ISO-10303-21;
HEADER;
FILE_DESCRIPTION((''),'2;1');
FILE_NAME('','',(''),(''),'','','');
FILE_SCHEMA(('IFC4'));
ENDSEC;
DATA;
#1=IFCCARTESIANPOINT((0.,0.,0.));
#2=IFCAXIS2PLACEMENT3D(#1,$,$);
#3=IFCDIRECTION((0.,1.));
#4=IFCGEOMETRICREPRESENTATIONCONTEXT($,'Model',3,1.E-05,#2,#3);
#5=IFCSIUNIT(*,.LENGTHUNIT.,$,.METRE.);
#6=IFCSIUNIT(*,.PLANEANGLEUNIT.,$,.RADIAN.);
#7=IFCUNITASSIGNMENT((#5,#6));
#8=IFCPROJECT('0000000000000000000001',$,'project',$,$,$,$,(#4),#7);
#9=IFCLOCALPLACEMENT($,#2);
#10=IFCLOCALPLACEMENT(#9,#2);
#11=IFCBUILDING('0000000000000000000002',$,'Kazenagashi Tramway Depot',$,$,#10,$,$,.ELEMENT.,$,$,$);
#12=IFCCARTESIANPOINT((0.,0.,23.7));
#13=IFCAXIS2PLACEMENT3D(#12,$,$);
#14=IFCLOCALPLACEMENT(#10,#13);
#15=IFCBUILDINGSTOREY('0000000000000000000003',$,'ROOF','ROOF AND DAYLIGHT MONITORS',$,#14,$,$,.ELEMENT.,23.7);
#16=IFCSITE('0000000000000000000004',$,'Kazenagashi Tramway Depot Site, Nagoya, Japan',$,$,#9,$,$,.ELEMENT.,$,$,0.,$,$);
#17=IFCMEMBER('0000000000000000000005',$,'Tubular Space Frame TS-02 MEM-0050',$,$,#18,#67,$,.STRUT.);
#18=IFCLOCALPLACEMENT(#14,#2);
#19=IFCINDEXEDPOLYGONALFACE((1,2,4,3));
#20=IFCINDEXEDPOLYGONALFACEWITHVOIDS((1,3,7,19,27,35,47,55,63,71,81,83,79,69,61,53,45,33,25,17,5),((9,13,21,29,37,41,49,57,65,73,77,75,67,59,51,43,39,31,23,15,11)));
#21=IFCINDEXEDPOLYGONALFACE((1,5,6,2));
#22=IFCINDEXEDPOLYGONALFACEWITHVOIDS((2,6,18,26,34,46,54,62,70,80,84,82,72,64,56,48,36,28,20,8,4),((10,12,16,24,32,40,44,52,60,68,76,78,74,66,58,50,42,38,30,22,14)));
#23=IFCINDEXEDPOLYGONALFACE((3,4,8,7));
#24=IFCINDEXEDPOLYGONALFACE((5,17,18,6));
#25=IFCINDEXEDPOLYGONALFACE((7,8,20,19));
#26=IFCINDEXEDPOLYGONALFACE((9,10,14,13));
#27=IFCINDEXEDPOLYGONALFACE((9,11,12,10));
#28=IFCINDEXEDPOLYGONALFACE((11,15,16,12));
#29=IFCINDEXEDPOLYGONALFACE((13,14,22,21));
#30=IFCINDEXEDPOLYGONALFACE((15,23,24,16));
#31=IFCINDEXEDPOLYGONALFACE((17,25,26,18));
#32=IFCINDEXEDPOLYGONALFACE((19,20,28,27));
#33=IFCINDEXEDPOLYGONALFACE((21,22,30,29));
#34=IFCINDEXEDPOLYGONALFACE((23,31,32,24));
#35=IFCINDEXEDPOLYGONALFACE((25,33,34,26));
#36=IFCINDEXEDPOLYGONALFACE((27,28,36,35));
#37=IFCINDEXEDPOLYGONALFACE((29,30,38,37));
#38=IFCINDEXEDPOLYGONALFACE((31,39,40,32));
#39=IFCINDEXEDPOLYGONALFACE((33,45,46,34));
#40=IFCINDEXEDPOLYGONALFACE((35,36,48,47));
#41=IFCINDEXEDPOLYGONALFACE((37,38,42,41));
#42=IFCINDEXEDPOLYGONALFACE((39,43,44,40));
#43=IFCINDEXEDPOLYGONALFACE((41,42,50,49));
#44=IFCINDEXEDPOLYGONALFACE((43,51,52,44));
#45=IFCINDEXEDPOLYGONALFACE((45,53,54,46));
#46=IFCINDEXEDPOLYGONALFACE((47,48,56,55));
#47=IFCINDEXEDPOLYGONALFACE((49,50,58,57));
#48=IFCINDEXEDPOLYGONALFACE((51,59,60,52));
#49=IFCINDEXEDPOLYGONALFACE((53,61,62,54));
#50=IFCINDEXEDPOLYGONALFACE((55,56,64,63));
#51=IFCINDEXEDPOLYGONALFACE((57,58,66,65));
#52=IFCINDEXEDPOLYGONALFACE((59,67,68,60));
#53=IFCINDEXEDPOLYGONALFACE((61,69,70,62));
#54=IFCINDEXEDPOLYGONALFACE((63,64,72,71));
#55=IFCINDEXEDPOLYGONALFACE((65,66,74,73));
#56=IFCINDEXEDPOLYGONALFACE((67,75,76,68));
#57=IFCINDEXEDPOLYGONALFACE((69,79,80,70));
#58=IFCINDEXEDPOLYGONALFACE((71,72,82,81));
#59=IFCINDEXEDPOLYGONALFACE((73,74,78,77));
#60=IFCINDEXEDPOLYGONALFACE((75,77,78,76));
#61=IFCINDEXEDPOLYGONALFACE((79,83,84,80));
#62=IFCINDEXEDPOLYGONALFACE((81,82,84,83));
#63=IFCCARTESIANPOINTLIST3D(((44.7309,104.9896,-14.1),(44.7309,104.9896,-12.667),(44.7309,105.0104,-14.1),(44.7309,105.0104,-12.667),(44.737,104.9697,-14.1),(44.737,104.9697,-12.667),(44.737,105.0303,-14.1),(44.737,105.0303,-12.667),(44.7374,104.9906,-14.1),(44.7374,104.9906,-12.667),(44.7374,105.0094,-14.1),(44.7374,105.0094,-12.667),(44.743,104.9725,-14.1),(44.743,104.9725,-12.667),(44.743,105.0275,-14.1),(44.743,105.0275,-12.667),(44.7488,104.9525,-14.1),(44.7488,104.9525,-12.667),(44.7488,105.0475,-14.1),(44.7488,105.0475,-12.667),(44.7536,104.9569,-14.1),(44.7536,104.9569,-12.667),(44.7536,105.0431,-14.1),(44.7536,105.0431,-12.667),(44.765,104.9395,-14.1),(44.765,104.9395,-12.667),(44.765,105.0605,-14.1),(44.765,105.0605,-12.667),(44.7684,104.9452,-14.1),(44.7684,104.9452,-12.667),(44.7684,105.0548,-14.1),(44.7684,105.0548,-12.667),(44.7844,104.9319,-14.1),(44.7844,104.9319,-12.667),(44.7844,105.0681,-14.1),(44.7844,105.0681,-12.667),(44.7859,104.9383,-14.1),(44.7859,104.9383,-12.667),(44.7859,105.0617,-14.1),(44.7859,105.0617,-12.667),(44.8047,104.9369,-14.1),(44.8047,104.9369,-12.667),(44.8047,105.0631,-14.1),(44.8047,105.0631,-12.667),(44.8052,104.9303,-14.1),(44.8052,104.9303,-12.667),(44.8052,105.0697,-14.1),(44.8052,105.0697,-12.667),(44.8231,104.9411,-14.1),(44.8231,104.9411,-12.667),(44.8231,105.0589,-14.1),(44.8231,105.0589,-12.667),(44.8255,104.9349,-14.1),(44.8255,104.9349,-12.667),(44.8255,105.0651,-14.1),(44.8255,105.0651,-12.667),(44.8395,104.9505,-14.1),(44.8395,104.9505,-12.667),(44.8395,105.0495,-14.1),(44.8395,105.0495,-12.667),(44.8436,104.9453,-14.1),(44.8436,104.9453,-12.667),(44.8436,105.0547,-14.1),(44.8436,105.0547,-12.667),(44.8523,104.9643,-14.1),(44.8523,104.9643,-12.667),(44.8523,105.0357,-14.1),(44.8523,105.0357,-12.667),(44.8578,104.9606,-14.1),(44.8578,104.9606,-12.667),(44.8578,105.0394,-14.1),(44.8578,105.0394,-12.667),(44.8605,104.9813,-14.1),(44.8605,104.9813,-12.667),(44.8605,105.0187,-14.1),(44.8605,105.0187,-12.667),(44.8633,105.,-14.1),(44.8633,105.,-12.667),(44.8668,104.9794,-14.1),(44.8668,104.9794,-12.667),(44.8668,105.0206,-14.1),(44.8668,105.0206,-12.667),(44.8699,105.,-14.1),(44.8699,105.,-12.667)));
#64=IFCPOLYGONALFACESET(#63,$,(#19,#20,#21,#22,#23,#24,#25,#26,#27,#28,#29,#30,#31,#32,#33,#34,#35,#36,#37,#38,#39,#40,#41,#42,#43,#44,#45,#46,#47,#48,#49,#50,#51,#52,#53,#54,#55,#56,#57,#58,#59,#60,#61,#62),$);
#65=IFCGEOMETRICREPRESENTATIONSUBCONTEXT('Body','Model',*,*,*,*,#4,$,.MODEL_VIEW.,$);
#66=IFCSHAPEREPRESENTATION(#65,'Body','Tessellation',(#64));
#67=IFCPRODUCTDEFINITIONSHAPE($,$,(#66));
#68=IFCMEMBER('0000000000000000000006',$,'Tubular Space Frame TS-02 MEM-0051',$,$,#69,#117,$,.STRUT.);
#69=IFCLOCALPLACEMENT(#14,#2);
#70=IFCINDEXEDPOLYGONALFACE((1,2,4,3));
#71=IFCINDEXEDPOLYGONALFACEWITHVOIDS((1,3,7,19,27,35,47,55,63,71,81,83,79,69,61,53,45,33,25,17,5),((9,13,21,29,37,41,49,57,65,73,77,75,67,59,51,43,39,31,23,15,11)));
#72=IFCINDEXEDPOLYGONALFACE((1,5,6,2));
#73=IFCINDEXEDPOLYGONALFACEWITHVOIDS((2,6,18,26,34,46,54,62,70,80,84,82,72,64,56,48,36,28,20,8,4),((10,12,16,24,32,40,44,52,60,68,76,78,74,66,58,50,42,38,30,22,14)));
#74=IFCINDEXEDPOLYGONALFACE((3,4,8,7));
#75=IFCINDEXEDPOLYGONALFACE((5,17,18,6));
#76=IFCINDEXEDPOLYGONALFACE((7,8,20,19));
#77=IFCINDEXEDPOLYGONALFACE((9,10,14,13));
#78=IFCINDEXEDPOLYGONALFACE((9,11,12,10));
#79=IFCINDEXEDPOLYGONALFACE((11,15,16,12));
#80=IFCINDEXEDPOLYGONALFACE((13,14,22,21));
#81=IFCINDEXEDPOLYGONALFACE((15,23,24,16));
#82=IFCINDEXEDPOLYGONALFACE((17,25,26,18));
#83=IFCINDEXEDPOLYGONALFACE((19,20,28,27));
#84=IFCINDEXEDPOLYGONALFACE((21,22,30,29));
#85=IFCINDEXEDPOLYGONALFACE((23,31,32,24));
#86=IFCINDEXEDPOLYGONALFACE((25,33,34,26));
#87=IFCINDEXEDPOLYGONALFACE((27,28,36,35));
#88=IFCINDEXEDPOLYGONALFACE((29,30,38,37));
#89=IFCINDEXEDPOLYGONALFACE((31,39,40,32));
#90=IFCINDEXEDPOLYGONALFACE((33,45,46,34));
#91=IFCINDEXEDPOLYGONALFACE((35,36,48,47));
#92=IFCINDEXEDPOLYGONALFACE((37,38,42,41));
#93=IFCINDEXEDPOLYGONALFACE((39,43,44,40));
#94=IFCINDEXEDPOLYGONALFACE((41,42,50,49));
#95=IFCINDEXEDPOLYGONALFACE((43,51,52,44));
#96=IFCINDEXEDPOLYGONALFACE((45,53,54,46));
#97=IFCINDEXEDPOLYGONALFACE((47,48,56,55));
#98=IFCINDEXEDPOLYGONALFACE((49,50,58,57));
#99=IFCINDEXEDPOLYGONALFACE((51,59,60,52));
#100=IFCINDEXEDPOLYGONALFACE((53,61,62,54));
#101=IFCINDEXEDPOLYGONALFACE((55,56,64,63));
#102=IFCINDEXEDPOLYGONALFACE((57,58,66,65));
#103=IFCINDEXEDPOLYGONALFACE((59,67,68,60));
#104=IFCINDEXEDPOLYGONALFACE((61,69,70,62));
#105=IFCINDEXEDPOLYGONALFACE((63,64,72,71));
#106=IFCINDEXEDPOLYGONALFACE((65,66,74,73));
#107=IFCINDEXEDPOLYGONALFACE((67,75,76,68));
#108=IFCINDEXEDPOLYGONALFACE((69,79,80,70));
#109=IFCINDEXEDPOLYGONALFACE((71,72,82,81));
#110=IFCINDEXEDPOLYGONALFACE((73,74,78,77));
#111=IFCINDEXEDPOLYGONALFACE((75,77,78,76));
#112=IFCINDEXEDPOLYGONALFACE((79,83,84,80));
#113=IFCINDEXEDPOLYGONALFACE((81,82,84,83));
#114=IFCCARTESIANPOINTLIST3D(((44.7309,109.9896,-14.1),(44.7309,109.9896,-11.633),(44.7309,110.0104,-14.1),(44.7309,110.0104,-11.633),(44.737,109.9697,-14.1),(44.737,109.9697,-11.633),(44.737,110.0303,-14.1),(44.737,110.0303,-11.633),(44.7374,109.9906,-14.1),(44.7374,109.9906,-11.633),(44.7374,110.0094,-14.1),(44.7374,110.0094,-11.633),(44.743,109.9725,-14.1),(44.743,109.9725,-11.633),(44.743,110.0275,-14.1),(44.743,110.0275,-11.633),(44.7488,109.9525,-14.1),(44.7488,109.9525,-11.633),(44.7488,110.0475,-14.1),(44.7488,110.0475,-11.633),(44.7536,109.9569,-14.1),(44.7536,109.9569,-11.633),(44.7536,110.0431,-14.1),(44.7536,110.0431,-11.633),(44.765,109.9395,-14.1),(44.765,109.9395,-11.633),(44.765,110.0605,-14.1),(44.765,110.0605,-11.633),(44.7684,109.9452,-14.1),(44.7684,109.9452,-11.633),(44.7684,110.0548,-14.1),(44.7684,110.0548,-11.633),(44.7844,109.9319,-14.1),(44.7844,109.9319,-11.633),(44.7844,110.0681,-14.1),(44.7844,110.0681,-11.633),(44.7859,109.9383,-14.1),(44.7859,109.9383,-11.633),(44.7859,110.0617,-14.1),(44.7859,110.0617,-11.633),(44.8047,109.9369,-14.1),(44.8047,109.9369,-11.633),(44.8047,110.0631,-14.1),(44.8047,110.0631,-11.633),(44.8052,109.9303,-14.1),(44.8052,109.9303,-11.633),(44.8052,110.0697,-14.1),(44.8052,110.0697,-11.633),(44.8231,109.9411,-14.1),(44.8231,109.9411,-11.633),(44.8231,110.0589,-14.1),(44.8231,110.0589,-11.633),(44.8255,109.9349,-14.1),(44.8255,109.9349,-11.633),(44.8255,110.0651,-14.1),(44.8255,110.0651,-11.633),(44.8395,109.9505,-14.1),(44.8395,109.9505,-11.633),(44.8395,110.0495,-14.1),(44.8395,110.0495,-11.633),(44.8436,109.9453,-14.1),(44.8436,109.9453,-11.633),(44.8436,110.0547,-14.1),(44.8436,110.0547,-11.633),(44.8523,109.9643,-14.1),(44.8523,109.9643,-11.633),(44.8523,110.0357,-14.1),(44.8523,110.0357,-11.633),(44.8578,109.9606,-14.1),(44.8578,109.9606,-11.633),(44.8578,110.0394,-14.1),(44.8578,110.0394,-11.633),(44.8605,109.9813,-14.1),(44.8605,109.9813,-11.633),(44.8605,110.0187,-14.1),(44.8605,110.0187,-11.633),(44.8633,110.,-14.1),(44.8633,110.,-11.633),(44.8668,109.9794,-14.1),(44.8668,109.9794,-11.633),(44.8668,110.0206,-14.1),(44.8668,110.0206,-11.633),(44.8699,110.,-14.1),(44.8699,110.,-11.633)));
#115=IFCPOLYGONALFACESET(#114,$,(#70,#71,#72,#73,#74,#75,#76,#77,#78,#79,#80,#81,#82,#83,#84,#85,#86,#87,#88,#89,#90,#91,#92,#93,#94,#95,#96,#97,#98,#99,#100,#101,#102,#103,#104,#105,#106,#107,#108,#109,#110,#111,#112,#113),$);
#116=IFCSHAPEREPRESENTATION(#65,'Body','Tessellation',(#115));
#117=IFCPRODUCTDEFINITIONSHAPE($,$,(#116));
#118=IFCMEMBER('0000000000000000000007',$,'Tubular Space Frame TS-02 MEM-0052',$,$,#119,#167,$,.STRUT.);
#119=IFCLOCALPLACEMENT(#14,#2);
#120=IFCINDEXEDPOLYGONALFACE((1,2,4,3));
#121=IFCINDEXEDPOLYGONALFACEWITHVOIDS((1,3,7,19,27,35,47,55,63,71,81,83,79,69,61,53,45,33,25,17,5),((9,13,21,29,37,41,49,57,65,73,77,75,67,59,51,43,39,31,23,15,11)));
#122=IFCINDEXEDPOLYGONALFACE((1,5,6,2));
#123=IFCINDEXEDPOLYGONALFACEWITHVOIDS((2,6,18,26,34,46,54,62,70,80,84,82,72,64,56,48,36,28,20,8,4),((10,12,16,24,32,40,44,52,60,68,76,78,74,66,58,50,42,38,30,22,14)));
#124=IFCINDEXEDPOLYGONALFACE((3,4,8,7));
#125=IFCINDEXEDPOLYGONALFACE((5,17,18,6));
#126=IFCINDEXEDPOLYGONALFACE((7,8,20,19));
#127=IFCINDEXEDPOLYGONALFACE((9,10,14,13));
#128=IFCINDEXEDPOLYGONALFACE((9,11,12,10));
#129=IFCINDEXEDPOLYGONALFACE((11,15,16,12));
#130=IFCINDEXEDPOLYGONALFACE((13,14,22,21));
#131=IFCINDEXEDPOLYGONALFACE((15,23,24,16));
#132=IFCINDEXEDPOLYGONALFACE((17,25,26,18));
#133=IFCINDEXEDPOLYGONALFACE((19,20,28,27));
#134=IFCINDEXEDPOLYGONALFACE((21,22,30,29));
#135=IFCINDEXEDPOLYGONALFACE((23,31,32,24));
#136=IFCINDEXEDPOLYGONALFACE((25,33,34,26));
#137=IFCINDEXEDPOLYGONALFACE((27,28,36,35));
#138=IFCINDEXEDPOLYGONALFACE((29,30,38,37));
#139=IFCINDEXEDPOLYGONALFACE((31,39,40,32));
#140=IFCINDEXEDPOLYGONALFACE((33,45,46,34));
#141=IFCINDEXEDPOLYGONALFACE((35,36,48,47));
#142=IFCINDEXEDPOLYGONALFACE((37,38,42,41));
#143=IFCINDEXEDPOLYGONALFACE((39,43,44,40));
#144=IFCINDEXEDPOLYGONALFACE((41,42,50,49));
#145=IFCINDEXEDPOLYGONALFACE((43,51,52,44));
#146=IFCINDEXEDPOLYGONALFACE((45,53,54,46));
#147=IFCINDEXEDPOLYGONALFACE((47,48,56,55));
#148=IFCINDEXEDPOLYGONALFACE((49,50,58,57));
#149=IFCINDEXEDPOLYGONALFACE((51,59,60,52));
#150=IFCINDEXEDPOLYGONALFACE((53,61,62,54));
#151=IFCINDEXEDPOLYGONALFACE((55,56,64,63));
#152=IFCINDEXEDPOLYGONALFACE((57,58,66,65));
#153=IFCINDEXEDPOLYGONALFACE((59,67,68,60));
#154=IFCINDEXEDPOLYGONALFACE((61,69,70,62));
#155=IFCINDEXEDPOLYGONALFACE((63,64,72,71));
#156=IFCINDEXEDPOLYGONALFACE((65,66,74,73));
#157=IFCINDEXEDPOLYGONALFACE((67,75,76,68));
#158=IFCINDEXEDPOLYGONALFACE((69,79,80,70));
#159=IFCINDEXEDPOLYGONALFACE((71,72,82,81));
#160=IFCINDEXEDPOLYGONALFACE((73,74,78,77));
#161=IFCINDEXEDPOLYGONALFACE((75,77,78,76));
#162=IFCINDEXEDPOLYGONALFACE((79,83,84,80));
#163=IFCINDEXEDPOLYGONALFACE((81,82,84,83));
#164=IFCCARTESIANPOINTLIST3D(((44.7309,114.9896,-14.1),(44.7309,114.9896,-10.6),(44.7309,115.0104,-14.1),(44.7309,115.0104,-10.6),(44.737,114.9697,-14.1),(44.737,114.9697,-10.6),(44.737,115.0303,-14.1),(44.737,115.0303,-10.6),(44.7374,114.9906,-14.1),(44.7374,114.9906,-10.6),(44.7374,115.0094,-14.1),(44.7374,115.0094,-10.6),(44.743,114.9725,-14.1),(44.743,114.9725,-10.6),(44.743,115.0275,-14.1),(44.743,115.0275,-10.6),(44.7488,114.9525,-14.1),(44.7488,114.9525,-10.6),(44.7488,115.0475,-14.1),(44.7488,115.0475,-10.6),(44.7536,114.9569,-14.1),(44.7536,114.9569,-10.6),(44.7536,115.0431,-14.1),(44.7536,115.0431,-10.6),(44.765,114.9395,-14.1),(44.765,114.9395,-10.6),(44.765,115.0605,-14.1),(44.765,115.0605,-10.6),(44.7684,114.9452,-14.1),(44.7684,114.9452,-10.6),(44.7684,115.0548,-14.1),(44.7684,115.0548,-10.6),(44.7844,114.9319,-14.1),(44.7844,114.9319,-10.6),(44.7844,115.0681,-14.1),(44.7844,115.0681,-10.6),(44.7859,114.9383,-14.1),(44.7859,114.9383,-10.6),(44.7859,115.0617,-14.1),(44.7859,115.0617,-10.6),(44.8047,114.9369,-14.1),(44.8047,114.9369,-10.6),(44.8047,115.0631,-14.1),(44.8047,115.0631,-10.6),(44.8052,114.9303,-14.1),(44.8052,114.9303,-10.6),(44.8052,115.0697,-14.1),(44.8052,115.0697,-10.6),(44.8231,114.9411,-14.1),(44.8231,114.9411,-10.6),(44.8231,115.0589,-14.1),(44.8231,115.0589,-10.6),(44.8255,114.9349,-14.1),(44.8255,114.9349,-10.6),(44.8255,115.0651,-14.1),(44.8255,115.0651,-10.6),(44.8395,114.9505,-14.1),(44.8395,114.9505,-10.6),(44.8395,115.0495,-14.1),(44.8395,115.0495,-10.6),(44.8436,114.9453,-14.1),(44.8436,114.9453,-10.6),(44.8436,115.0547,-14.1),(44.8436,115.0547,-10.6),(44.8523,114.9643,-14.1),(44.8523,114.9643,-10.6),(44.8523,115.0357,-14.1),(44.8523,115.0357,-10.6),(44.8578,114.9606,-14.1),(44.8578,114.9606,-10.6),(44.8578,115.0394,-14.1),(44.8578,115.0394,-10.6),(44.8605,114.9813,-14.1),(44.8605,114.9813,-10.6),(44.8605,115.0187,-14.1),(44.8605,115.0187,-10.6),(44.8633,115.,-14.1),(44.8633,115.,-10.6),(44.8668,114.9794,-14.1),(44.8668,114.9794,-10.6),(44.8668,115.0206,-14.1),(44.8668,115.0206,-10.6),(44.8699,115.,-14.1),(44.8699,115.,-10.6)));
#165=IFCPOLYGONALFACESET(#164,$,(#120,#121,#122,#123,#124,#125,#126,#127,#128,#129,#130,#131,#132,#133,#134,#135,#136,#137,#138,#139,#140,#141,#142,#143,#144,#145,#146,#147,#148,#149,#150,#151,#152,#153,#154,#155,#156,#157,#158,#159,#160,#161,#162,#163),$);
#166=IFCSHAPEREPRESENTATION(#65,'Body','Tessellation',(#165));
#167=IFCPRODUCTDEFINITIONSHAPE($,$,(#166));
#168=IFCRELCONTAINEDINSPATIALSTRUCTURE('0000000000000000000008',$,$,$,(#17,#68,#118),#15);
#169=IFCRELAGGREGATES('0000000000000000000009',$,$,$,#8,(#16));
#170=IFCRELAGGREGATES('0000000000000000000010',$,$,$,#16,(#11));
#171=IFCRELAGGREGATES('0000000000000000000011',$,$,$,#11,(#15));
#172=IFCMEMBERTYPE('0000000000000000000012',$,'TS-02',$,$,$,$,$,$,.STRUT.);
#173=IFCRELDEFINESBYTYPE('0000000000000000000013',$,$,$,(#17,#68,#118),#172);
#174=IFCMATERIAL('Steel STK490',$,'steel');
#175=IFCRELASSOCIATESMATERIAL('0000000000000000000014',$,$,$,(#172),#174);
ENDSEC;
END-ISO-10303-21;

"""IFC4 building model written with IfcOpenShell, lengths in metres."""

from ifc_helpers import new_model, si_unit, direction, frame, origin, origin_2d, place, context, subcontext, project, spatial, hollow_circle, extrude, material, material_profile, profile_set, type_object, element, save


model = new_model("IFC4")

# Units and contexts
model_context = context("Model", 3, precision=1e-05, world=origin(), true_north=direction((0.0, 1.0)))
body_context = subcontext(model_context, "Body", "Model", "MODEL_VIEW")
ifc_project = project(units=[si_unit("LENGTHUNIT", "METRE"), si_unit("PLANEANGLEUNIT", "RADIAN")], contexts=[model_context])

# Site, building, storey
site_placement = place(None, origin())
site = spatial("IfcSite", under=ifc_project, at=site_placement, Name="Kazenagashi Tramway Depot Site, Nagoya, Japan", CompositionType="ELEMENT", RefElevation=0.0)
building_placement = place(site_placement, origin())
building = spatial("IfcBuilding", under=site, at=building_placement, Name="Kazenagashi Tramway Depot", CompositionType="ELEMENT")
storey_placement = place(building_placement, frame((0.0, 0.0, 23.7)))
storey = spatial("IfcBuildingStorey", under=building, at=storey_placement, Name="ROOF", Description="ROOF AND DAYLIGHT MONITORS", CompositionType="ELEMENT", Elevation=23.7)

# Members
ifc_material_1 = material(Name="Steel STK490", Category="steel")
ifc_material_profile_1 = material_profile(ifc_material_1, hollow_circle(Radius=0.0699, WallThickness=0.0066, at=origin_2d()), Name="CHS-139.8x6.6")
ifc_profile_set_1 = profile_set([ifc_material_profile_1], Name="Steel STK490")
member_type_1 = type_object("IfcMemberType", Name="TS-02", PredefinedType="STRUT", material=ifc_profile_set_1)
member_1_placement = place(storey_placement, frame((44.8, 105.0, -14.1), z_axis=(0.0, 0.0, 1.0), x_axis=(1.0, 0.0, 0.0)))
element("IfcMember", 1, at=member_1_placement, inside=storey, type_object=member_type_1, Name="Tubular Space Frame TS-02 MEM-0050", PredefinedType="STRUT", context=body_context, shape_type="SweptSolid", body=[
    extrude(hollow_circle(Radius=0.0699, WallThickness=0.0066, at=origin_2d()), origin(), (0.0, 0.0, 1.0), 1.433),
])
member_2_placement = place(storey_placement, frame((44.8, 110.0, -14.1), z_axis=(0.0, 0.0, 1.0), x_axis=(1.0, 0.0, 0.0)))
element("IfcMember", 2, at=member_2_placement, inside=storey, type_object=member_type_1, Name="Tubular Space Frame TS-02 MEM-0051", PredefinedType="STRUT", context=body_context, shape_type="SweptSolid", body=[
    extrude(hollow_circle(Radius=0.0699, WallThickness=0.0066, at=origin_2d()), origin(), (0.0, 0.0, 1.0), 2.467),
])
member_3_placement = place(storey_placement, frame((44.8, 115.0, -14.1), z_axis=(0.0, 0.0, 1.0), x_axis=(1.0, 0.0, 0.0)))
element("IfcMember", 3, at=member_3_placement, inside=storey, type_object=member_type_1, Name="Tubular Space Frame TS-02 MEM-0052", PredefinedType="STRUT", context=body_context, shape_type="SweptSolid", body=[
    extrude(hollow_circle(Radius=0.0699, WallThickness=0.0066, at=origin_2d()), origin(), (0.0, 0.0, 1.0), 3.5),
])

save(model, "model.ifc")
